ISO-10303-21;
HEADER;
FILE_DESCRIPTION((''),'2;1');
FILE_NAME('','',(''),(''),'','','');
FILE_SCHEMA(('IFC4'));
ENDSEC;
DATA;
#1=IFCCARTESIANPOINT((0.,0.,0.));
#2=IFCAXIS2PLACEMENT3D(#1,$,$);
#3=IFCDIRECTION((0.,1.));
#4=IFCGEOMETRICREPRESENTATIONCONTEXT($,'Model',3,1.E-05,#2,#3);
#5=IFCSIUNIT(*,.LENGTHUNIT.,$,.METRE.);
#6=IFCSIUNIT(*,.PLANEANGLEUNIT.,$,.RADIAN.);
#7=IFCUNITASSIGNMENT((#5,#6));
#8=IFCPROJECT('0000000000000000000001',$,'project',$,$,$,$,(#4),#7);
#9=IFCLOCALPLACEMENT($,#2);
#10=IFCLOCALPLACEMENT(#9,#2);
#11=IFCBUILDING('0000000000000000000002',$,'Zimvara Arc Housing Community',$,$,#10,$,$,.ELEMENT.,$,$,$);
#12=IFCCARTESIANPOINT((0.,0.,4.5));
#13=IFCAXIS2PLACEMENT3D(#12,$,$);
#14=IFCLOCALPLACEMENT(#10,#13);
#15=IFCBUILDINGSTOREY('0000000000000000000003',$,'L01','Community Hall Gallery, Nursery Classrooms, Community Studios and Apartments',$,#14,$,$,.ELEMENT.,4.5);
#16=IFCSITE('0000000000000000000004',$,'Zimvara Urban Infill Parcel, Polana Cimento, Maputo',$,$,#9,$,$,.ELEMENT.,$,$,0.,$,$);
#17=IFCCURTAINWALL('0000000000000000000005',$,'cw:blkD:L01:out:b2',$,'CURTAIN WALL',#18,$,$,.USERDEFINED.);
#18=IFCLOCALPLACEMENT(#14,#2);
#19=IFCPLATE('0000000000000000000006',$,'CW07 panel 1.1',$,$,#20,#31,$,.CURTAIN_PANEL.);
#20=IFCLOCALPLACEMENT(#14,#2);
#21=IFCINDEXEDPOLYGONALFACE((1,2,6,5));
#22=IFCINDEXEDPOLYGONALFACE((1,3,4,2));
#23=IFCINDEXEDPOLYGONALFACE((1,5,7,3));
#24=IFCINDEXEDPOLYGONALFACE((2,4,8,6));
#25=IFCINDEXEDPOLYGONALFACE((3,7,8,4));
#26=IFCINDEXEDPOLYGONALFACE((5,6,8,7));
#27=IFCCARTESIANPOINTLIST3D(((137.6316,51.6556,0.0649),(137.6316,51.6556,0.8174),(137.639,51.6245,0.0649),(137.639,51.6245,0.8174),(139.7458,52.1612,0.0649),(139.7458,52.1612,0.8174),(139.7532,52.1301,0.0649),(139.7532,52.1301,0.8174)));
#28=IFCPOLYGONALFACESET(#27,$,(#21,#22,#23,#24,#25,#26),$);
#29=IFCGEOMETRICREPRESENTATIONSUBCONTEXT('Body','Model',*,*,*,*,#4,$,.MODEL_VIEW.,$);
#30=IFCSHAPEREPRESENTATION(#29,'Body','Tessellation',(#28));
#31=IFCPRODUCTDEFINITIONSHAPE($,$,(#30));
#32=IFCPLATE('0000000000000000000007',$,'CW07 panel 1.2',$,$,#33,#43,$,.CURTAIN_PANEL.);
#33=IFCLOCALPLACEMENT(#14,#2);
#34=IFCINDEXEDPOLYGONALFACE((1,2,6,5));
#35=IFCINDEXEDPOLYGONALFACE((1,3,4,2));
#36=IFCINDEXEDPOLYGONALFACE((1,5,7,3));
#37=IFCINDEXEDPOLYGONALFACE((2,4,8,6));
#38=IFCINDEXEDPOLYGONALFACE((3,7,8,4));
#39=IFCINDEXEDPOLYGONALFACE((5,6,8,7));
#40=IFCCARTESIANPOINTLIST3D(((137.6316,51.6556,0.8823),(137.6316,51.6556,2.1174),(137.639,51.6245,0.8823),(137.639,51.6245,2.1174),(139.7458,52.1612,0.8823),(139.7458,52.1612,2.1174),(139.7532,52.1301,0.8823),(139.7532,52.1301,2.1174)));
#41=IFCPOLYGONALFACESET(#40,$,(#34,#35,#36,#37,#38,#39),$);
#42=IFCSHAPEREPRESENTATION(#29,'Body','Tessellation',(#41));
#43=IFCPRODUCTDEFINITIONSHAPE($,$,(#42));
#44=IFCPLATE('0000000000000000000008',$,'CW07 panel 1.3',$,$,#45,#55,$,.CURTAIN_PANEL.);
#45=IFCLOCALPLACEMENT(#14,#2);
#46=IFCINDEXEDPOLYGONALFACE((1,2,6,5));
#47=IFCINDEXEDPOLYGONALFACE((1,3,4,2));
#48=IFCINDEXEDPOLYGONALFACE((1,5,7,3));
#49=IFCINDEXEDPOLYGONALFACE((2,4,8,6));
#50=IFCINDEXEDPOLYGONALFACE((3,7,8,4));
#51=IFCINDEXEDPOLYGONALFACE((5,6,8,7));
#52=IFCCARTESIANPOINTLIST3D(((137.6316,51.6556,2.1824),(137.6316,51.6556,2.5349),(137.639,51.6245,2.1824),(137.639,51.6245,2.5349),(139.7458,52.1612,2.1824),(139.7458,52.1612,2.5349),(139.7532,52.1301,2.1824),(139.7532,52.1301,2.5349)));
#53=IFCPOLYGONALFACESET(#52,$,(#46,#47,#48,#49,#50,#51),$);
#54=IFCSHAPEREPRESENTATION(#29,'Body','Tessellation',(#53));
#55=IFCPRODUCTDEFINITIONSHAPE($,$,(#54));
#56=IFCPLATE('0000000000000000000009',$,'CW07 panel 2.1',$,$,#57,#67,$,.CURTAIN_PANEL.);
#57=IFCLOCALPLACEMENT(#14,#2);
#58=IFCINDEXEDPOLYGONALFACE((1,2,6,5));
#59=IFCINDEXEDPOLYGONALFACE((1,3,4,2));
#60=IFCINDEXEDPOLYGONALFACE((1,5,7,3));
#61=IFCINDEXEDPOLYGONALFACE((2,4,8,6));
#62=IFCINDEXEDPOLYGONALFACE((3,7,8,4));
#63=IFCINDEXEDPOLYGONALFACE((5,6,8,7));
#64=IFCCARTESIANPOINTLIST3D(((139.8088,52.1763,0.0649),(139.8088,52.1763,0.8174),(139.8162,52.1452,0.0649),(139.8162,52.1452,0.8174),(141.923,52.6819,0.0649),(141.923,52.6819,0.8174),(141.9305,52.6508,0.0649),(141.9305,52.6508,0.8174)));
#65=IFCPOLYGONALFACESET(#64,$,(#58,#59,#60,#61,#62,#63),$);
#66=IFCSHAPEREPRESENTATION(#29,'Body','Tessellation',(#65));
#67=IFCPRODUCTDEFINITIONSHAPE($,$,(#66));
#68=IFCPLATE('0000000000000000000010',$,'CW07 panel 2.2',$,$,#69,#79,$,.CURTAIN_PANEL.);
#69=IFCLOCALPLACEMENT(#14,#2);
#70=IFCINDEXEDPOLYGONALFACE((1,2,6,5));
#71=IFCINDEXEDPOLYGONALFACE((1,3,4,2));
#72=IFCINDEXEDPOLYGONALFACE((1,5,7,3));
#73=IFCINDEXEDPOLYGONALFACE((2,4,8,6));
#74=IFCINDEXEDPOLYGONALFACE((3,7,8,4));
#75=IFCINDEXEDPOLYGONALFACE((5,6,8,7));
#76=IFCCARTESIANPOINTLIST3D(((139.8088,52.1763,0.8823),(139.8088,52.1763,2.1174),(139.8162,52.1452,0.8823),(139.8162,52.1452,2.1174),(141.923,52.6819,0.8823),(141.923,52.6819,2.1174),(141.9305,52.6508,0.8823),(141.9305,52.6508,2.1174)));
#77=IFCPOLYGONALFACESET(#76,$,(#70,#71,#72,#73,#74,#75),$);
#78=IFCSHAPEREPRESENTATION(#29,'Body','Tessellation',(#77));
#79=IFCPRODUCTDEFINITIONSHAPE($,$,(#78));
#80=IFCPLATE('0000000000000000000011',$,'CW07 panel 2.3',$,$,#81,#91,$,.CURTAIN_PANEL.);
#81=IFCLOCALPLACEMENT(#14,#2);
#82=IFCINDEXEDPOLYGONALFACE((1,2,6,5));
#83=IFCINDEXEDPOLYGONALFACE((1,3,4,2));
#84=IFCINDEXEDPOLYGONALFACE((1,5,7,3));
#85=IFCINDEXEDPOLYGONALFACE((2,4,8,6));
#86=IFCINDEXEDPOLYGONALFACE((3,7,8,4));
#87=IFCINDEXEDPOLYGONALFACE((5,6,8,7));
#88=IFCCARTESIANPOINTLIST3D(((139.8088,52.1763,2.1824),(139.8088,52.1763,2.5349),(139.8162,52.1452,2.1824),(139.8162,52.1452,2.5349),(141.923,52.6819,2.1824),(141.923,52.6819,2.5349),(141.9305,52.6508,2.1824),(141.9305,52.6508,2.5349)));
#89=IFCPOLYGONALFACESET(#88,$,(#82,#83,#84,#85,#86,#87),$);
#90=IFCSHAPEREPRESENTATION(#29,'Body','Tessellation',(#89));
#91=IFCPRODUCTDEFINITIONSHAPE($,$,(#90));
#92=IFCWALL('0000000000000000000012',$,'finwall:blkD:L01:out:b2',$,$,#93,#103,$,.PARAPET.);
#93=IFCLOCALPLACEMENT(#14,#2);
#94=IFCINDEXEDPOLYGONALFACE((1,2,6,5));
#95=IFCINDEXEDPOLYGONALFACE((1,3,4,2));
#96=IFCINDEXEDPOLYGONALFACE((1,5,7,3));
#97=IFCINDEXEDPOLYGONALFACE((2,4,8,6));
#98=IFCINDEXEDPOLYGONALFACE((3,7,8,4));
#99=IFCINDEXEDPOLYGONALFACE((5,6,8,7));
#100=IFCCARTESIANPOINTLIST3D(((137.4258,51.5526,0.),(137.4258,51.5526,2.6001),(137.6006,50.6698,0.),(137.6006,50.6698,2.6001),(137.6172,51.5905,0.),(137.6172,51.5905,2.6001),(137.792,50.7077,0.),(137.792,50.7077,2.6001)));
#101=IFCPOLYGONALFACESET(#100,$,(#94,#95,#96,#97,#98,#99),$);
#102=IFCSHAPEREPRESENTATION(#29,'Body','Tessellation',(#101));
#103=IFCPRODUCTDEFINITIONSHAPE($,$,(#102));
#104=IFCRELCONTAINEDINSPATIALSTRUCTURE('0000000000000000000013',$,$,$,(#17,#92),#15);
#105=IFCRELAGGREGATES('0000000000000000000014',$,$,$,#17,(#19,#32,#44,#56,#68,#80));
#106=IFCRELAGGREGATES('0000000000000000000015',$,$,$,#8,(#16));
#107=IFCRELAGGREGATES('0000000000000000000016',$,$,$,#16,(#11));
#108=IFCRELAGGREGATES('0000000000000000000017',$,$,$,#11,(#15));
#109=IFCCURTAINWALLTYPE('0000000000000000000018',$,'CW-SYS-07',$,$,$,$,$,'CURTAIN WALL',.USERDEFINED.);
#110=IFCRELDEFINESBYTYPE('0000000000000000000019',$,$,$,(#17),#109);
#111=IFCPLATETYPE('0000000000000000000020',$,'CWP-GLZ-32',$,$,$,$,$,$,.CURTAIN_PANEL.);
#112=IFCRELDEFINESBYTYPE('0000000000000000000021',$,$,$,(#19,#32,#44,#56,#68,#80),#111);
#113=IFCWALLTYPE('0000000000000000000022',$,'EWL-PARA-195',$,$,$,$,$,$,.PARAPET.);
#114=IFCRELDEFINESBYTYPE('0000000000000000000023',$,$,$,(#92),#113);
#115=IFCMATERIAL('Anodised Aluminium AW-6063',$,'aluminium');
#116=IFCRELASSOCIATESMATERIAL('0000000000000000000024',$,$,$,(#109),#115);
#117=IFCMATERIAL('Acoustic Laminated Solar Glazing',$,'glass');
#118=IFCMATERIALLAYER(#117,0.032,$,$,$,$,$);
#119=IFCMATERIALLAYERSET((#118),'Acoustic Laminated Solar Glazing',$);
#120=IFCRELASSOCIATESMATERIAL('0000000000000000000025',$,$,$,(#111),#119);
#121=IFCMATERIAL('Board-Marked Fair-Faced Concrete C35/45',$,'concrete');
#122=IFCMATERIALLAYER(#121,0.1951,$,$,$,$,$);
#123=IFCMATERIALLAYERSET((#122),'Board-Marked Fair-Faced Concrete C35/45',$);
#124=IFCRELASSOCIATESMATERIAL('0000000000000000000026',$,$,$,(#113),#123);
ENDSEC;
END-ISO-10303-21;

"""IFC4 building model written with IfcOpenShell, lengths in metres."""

from ifc_helpers import new_model, si_unit, direction, frame, frame_2d, origin, origin_2d, place, context, subcontext, project, spatial, rectangle, extrude, material, layer, layer_set, type_object, element, aggregate, save


model = new_model("IFC4")

# Units and contexts
model_context = context("Model", 3, precision=1e-05, world=origin(), true_north=direction((0.0, 1.0)))
body_context = subcontext(model_context, "Body", "Model", "MODEL_VIEW")
ifc_project = project(units=[si_unit("LENGTHUNIT", "METRE"), si_unit("PLANEANGLEUNIT", "RADIAN")], contexts=[model_context])

# Site, building, storey
site_placement = place(None, origin())
site = spatial("IfcSite", under=ifc_project, at=site_placement, Name="Zimvara Urban Infill Parcel, Polana Cimento, Maputo", CompositionType="ELEMENT", RefElevation=0.0)
building_placement = place(site_placement, origin())
building = spatial("IfcBuilding", under=site, at=building_placement, Name="Zimvara Arc Housing Community", CompositionType="ELEMENT")
storey_placement = place(building_placement, frame((0.0, 0.0, 4.5)))
storey = spatial("IfcBuildingStorey", under=building, at=storey_placement, Name="L01", Description="Community Hall Gallery, Nursery Classrooms, Community Studios and Apartments", CompositionType="ELEMENT", Elevation=4.5)

# Curtain wall
ifc_material_1 = material(Name="Anodised Aluminium AW-6063", Category="aluminium")
curtain_wall_type_1 = type_object("IfcCurtainWallType", Name="CW-SYS-07", ElementType="CURTAIN WALL", PredefinedType="USERDEFINED", material=ifc_material_1)
curtain_wall_1_placement = place(storey_placement, origin())
curtain_wall_1 = element("IfcCurtainWall", 1, at=curtain_wall_1_placement, inside=storey, type_object=curtain_wall_type_1, Name="cw:blkD:L01:out:b2", ObjectType="CURTAIN WALL", PredefinedType="USERDEFINED")

# Plates
ifc_material_2 = material(Name="Acoustic Laminated Solar Glazing", Category="glass")
ifc_layer_1 = layer(ifc_material_2, 0.032)
ifc_layer_set_1 = layer_set([ifc_layer_1], Name="Acoustic Laminated Solar Glazing")
plate_type = type_object("IfcPlateType", Name="CWP-GLZ-32", PredefinedType="CURTAIN_PANEL", material=ifc_layer_set_1)
plate_1_placement = place(storey_placement, frame((138.6924, 51.8928, 0.0649), z_axis=(0.0, 0.0, 1.0), x_axis=(0.972573, 0.232597, 0.0)))
plate_1 = element("IfcPlate", 2, at=plate_1_placement, type_object=plate_type, Name="CW07 panel 1.1", PredefinedType="CURTAIN_PANEL", context=body_context, shape_type="SweptSolid", body=[
    extrude(rectangle(XDim=2.1738, YDim=0.032, at=origin_2d()), origin(), (0.0, 0.0, 1.0), 0.7524),
])
plate_2_placement = place(storey_placement, frame((138.6924, 51.8928, 0.8823), z_axis=(0.0, 0.0, 1.0), x_axis=(0.972573, 0.232597, 0.0)))
plate_2 = element("IfcPlate", 3, at=plate_2_placement, type_object=plate_type, Name="CW07 panel 1.2", PredefinedType="CURTAIN_PANEL", context=body_context, shape_type="SweptSolid", body=[
    extrude(rectangle(XDim=2.1738, YDim=0.032, at=origin_2d()), origin(), (0.0, 0.0, 1.0), 1.2351),
])
plate_3_placement = place(storey_placement, frame((138.6924, 51.8928, 2.1824), z_axis=(0.0, 0.0, 1.0), x_axis=(0.972573, 0.232597, 0.0)))
plate_3 = element("IfcPlate", 4, at=plate_3_placement, type_object=plate_type, Name="CW07 panel 1.3", PredefinedType="CURTAIN_PANEL", context=body_context, shape_type="SweptSolid", body=[
    extrude(rectangle(XDim=2.1738, YDim=0.032, at=origin_2d()), origin(), (0.0, 0.0, 1.0), 0.3525),
])
plate_4_placement = place(storey_placement, frame((140.8696, 52.4136, 0.0649), z_axis=(0.0, 0.0, 1.0), x_axis=(0.972573, 0.232597, 0.0)))
plate_4 = element("IfcPlate", 5, at=plate_4_placement, type_object=plate_type, Name="CW07 panel 2.1", PredefinedType="CURTAIN_PANEL", context=body_context, shape_type="SweptSolid", body=[
    extrude(rectangle(XDim=2.1738, YDim=0.032, at=origin_2d()), origin(), (0.0, 0.0, 1.0), 0.7524),
])
plate_5_placement = place(storey_placement, frame((140.8696, 52.4136, 0.8823), z_axis=(0.0, 0.0, 1.0), x_axis=(0.972573, 0.232597, 0.0)))
plate_5 = element("IfcPlate", 6, at=plate_5_placement, type_object=plate_type, Name="CW07 panel 2.2", PredefinedType="CURTAIN_PANEL", context=body_context, shape_type="SweptSolid", body=[
    extrude(rectangle(XDim=2.1738, YDim=0.032, at=origin_2d()), origin(), (0.0, 0.0, 1.0), 1.2351),
])
plate_6_placement = place(storey_placement, frame((140.8696, 52.4136, 2.1824), z_axis=(0.0, 0.0, 1.0), x_axis=(0.972573, 0.232597, 0.0)))
plate_6 = element("IfcPlate", 7, at=plate_6_placement, type_object=plate_type, Name="CW07 panel 2.3", PredefinedType="CURTAIN_PANEL", context=body_context, shape_type="SweptSolid", body=[
    extrude(rectangle(XDim=2.1738, YDim=0.032, at=origin_2d()), origin(), (0.0, 0.0, 1.0), 0.3525),
])
aggregate(curtain_wall_1, [plate_1, plate_2, plate_3, plate_4, plate_5, plate_6])

# Wall
ifc_material_3 = material(Name="Board-Marked Fair-Faced Concrete C35/45", Category="concrete")
ifc_layer_2 = layer(ifc_material_3, 0.1951)
ifc_layer_set_2 = layer_set([ifc_layer_2], Name="Board-Marked Fair-Faced Concrete C35/45")
wall_type = type_object("IfcWallType", Name="EWL-PARA-195", PredefinedType="PARAPET", material=ifc_layer_set_2)
wall_placement = place(storey_placement, frame((137.5215, 51.5715, 0.0), z_axis=(0.0, 0.0, 1.0), x_axis=(0.194238, -0.980954, 0.0)))
element("IfcWall", 8, at=wall_placement, inside=storey, type_object=wall_type, Name="finwall:blkD:L01:out:b2", PredefinedType="PARAPET", context=body_context, shape_type="SweptSolid", body=[
    extrude(rectangle(XDim=0.8999, YDim=0.1951, at=frame_2d((0.45, 0.0))), origin(), (0.0, 0.0, 1.0), 2.6001),
])

save(model, "model.ifc")
